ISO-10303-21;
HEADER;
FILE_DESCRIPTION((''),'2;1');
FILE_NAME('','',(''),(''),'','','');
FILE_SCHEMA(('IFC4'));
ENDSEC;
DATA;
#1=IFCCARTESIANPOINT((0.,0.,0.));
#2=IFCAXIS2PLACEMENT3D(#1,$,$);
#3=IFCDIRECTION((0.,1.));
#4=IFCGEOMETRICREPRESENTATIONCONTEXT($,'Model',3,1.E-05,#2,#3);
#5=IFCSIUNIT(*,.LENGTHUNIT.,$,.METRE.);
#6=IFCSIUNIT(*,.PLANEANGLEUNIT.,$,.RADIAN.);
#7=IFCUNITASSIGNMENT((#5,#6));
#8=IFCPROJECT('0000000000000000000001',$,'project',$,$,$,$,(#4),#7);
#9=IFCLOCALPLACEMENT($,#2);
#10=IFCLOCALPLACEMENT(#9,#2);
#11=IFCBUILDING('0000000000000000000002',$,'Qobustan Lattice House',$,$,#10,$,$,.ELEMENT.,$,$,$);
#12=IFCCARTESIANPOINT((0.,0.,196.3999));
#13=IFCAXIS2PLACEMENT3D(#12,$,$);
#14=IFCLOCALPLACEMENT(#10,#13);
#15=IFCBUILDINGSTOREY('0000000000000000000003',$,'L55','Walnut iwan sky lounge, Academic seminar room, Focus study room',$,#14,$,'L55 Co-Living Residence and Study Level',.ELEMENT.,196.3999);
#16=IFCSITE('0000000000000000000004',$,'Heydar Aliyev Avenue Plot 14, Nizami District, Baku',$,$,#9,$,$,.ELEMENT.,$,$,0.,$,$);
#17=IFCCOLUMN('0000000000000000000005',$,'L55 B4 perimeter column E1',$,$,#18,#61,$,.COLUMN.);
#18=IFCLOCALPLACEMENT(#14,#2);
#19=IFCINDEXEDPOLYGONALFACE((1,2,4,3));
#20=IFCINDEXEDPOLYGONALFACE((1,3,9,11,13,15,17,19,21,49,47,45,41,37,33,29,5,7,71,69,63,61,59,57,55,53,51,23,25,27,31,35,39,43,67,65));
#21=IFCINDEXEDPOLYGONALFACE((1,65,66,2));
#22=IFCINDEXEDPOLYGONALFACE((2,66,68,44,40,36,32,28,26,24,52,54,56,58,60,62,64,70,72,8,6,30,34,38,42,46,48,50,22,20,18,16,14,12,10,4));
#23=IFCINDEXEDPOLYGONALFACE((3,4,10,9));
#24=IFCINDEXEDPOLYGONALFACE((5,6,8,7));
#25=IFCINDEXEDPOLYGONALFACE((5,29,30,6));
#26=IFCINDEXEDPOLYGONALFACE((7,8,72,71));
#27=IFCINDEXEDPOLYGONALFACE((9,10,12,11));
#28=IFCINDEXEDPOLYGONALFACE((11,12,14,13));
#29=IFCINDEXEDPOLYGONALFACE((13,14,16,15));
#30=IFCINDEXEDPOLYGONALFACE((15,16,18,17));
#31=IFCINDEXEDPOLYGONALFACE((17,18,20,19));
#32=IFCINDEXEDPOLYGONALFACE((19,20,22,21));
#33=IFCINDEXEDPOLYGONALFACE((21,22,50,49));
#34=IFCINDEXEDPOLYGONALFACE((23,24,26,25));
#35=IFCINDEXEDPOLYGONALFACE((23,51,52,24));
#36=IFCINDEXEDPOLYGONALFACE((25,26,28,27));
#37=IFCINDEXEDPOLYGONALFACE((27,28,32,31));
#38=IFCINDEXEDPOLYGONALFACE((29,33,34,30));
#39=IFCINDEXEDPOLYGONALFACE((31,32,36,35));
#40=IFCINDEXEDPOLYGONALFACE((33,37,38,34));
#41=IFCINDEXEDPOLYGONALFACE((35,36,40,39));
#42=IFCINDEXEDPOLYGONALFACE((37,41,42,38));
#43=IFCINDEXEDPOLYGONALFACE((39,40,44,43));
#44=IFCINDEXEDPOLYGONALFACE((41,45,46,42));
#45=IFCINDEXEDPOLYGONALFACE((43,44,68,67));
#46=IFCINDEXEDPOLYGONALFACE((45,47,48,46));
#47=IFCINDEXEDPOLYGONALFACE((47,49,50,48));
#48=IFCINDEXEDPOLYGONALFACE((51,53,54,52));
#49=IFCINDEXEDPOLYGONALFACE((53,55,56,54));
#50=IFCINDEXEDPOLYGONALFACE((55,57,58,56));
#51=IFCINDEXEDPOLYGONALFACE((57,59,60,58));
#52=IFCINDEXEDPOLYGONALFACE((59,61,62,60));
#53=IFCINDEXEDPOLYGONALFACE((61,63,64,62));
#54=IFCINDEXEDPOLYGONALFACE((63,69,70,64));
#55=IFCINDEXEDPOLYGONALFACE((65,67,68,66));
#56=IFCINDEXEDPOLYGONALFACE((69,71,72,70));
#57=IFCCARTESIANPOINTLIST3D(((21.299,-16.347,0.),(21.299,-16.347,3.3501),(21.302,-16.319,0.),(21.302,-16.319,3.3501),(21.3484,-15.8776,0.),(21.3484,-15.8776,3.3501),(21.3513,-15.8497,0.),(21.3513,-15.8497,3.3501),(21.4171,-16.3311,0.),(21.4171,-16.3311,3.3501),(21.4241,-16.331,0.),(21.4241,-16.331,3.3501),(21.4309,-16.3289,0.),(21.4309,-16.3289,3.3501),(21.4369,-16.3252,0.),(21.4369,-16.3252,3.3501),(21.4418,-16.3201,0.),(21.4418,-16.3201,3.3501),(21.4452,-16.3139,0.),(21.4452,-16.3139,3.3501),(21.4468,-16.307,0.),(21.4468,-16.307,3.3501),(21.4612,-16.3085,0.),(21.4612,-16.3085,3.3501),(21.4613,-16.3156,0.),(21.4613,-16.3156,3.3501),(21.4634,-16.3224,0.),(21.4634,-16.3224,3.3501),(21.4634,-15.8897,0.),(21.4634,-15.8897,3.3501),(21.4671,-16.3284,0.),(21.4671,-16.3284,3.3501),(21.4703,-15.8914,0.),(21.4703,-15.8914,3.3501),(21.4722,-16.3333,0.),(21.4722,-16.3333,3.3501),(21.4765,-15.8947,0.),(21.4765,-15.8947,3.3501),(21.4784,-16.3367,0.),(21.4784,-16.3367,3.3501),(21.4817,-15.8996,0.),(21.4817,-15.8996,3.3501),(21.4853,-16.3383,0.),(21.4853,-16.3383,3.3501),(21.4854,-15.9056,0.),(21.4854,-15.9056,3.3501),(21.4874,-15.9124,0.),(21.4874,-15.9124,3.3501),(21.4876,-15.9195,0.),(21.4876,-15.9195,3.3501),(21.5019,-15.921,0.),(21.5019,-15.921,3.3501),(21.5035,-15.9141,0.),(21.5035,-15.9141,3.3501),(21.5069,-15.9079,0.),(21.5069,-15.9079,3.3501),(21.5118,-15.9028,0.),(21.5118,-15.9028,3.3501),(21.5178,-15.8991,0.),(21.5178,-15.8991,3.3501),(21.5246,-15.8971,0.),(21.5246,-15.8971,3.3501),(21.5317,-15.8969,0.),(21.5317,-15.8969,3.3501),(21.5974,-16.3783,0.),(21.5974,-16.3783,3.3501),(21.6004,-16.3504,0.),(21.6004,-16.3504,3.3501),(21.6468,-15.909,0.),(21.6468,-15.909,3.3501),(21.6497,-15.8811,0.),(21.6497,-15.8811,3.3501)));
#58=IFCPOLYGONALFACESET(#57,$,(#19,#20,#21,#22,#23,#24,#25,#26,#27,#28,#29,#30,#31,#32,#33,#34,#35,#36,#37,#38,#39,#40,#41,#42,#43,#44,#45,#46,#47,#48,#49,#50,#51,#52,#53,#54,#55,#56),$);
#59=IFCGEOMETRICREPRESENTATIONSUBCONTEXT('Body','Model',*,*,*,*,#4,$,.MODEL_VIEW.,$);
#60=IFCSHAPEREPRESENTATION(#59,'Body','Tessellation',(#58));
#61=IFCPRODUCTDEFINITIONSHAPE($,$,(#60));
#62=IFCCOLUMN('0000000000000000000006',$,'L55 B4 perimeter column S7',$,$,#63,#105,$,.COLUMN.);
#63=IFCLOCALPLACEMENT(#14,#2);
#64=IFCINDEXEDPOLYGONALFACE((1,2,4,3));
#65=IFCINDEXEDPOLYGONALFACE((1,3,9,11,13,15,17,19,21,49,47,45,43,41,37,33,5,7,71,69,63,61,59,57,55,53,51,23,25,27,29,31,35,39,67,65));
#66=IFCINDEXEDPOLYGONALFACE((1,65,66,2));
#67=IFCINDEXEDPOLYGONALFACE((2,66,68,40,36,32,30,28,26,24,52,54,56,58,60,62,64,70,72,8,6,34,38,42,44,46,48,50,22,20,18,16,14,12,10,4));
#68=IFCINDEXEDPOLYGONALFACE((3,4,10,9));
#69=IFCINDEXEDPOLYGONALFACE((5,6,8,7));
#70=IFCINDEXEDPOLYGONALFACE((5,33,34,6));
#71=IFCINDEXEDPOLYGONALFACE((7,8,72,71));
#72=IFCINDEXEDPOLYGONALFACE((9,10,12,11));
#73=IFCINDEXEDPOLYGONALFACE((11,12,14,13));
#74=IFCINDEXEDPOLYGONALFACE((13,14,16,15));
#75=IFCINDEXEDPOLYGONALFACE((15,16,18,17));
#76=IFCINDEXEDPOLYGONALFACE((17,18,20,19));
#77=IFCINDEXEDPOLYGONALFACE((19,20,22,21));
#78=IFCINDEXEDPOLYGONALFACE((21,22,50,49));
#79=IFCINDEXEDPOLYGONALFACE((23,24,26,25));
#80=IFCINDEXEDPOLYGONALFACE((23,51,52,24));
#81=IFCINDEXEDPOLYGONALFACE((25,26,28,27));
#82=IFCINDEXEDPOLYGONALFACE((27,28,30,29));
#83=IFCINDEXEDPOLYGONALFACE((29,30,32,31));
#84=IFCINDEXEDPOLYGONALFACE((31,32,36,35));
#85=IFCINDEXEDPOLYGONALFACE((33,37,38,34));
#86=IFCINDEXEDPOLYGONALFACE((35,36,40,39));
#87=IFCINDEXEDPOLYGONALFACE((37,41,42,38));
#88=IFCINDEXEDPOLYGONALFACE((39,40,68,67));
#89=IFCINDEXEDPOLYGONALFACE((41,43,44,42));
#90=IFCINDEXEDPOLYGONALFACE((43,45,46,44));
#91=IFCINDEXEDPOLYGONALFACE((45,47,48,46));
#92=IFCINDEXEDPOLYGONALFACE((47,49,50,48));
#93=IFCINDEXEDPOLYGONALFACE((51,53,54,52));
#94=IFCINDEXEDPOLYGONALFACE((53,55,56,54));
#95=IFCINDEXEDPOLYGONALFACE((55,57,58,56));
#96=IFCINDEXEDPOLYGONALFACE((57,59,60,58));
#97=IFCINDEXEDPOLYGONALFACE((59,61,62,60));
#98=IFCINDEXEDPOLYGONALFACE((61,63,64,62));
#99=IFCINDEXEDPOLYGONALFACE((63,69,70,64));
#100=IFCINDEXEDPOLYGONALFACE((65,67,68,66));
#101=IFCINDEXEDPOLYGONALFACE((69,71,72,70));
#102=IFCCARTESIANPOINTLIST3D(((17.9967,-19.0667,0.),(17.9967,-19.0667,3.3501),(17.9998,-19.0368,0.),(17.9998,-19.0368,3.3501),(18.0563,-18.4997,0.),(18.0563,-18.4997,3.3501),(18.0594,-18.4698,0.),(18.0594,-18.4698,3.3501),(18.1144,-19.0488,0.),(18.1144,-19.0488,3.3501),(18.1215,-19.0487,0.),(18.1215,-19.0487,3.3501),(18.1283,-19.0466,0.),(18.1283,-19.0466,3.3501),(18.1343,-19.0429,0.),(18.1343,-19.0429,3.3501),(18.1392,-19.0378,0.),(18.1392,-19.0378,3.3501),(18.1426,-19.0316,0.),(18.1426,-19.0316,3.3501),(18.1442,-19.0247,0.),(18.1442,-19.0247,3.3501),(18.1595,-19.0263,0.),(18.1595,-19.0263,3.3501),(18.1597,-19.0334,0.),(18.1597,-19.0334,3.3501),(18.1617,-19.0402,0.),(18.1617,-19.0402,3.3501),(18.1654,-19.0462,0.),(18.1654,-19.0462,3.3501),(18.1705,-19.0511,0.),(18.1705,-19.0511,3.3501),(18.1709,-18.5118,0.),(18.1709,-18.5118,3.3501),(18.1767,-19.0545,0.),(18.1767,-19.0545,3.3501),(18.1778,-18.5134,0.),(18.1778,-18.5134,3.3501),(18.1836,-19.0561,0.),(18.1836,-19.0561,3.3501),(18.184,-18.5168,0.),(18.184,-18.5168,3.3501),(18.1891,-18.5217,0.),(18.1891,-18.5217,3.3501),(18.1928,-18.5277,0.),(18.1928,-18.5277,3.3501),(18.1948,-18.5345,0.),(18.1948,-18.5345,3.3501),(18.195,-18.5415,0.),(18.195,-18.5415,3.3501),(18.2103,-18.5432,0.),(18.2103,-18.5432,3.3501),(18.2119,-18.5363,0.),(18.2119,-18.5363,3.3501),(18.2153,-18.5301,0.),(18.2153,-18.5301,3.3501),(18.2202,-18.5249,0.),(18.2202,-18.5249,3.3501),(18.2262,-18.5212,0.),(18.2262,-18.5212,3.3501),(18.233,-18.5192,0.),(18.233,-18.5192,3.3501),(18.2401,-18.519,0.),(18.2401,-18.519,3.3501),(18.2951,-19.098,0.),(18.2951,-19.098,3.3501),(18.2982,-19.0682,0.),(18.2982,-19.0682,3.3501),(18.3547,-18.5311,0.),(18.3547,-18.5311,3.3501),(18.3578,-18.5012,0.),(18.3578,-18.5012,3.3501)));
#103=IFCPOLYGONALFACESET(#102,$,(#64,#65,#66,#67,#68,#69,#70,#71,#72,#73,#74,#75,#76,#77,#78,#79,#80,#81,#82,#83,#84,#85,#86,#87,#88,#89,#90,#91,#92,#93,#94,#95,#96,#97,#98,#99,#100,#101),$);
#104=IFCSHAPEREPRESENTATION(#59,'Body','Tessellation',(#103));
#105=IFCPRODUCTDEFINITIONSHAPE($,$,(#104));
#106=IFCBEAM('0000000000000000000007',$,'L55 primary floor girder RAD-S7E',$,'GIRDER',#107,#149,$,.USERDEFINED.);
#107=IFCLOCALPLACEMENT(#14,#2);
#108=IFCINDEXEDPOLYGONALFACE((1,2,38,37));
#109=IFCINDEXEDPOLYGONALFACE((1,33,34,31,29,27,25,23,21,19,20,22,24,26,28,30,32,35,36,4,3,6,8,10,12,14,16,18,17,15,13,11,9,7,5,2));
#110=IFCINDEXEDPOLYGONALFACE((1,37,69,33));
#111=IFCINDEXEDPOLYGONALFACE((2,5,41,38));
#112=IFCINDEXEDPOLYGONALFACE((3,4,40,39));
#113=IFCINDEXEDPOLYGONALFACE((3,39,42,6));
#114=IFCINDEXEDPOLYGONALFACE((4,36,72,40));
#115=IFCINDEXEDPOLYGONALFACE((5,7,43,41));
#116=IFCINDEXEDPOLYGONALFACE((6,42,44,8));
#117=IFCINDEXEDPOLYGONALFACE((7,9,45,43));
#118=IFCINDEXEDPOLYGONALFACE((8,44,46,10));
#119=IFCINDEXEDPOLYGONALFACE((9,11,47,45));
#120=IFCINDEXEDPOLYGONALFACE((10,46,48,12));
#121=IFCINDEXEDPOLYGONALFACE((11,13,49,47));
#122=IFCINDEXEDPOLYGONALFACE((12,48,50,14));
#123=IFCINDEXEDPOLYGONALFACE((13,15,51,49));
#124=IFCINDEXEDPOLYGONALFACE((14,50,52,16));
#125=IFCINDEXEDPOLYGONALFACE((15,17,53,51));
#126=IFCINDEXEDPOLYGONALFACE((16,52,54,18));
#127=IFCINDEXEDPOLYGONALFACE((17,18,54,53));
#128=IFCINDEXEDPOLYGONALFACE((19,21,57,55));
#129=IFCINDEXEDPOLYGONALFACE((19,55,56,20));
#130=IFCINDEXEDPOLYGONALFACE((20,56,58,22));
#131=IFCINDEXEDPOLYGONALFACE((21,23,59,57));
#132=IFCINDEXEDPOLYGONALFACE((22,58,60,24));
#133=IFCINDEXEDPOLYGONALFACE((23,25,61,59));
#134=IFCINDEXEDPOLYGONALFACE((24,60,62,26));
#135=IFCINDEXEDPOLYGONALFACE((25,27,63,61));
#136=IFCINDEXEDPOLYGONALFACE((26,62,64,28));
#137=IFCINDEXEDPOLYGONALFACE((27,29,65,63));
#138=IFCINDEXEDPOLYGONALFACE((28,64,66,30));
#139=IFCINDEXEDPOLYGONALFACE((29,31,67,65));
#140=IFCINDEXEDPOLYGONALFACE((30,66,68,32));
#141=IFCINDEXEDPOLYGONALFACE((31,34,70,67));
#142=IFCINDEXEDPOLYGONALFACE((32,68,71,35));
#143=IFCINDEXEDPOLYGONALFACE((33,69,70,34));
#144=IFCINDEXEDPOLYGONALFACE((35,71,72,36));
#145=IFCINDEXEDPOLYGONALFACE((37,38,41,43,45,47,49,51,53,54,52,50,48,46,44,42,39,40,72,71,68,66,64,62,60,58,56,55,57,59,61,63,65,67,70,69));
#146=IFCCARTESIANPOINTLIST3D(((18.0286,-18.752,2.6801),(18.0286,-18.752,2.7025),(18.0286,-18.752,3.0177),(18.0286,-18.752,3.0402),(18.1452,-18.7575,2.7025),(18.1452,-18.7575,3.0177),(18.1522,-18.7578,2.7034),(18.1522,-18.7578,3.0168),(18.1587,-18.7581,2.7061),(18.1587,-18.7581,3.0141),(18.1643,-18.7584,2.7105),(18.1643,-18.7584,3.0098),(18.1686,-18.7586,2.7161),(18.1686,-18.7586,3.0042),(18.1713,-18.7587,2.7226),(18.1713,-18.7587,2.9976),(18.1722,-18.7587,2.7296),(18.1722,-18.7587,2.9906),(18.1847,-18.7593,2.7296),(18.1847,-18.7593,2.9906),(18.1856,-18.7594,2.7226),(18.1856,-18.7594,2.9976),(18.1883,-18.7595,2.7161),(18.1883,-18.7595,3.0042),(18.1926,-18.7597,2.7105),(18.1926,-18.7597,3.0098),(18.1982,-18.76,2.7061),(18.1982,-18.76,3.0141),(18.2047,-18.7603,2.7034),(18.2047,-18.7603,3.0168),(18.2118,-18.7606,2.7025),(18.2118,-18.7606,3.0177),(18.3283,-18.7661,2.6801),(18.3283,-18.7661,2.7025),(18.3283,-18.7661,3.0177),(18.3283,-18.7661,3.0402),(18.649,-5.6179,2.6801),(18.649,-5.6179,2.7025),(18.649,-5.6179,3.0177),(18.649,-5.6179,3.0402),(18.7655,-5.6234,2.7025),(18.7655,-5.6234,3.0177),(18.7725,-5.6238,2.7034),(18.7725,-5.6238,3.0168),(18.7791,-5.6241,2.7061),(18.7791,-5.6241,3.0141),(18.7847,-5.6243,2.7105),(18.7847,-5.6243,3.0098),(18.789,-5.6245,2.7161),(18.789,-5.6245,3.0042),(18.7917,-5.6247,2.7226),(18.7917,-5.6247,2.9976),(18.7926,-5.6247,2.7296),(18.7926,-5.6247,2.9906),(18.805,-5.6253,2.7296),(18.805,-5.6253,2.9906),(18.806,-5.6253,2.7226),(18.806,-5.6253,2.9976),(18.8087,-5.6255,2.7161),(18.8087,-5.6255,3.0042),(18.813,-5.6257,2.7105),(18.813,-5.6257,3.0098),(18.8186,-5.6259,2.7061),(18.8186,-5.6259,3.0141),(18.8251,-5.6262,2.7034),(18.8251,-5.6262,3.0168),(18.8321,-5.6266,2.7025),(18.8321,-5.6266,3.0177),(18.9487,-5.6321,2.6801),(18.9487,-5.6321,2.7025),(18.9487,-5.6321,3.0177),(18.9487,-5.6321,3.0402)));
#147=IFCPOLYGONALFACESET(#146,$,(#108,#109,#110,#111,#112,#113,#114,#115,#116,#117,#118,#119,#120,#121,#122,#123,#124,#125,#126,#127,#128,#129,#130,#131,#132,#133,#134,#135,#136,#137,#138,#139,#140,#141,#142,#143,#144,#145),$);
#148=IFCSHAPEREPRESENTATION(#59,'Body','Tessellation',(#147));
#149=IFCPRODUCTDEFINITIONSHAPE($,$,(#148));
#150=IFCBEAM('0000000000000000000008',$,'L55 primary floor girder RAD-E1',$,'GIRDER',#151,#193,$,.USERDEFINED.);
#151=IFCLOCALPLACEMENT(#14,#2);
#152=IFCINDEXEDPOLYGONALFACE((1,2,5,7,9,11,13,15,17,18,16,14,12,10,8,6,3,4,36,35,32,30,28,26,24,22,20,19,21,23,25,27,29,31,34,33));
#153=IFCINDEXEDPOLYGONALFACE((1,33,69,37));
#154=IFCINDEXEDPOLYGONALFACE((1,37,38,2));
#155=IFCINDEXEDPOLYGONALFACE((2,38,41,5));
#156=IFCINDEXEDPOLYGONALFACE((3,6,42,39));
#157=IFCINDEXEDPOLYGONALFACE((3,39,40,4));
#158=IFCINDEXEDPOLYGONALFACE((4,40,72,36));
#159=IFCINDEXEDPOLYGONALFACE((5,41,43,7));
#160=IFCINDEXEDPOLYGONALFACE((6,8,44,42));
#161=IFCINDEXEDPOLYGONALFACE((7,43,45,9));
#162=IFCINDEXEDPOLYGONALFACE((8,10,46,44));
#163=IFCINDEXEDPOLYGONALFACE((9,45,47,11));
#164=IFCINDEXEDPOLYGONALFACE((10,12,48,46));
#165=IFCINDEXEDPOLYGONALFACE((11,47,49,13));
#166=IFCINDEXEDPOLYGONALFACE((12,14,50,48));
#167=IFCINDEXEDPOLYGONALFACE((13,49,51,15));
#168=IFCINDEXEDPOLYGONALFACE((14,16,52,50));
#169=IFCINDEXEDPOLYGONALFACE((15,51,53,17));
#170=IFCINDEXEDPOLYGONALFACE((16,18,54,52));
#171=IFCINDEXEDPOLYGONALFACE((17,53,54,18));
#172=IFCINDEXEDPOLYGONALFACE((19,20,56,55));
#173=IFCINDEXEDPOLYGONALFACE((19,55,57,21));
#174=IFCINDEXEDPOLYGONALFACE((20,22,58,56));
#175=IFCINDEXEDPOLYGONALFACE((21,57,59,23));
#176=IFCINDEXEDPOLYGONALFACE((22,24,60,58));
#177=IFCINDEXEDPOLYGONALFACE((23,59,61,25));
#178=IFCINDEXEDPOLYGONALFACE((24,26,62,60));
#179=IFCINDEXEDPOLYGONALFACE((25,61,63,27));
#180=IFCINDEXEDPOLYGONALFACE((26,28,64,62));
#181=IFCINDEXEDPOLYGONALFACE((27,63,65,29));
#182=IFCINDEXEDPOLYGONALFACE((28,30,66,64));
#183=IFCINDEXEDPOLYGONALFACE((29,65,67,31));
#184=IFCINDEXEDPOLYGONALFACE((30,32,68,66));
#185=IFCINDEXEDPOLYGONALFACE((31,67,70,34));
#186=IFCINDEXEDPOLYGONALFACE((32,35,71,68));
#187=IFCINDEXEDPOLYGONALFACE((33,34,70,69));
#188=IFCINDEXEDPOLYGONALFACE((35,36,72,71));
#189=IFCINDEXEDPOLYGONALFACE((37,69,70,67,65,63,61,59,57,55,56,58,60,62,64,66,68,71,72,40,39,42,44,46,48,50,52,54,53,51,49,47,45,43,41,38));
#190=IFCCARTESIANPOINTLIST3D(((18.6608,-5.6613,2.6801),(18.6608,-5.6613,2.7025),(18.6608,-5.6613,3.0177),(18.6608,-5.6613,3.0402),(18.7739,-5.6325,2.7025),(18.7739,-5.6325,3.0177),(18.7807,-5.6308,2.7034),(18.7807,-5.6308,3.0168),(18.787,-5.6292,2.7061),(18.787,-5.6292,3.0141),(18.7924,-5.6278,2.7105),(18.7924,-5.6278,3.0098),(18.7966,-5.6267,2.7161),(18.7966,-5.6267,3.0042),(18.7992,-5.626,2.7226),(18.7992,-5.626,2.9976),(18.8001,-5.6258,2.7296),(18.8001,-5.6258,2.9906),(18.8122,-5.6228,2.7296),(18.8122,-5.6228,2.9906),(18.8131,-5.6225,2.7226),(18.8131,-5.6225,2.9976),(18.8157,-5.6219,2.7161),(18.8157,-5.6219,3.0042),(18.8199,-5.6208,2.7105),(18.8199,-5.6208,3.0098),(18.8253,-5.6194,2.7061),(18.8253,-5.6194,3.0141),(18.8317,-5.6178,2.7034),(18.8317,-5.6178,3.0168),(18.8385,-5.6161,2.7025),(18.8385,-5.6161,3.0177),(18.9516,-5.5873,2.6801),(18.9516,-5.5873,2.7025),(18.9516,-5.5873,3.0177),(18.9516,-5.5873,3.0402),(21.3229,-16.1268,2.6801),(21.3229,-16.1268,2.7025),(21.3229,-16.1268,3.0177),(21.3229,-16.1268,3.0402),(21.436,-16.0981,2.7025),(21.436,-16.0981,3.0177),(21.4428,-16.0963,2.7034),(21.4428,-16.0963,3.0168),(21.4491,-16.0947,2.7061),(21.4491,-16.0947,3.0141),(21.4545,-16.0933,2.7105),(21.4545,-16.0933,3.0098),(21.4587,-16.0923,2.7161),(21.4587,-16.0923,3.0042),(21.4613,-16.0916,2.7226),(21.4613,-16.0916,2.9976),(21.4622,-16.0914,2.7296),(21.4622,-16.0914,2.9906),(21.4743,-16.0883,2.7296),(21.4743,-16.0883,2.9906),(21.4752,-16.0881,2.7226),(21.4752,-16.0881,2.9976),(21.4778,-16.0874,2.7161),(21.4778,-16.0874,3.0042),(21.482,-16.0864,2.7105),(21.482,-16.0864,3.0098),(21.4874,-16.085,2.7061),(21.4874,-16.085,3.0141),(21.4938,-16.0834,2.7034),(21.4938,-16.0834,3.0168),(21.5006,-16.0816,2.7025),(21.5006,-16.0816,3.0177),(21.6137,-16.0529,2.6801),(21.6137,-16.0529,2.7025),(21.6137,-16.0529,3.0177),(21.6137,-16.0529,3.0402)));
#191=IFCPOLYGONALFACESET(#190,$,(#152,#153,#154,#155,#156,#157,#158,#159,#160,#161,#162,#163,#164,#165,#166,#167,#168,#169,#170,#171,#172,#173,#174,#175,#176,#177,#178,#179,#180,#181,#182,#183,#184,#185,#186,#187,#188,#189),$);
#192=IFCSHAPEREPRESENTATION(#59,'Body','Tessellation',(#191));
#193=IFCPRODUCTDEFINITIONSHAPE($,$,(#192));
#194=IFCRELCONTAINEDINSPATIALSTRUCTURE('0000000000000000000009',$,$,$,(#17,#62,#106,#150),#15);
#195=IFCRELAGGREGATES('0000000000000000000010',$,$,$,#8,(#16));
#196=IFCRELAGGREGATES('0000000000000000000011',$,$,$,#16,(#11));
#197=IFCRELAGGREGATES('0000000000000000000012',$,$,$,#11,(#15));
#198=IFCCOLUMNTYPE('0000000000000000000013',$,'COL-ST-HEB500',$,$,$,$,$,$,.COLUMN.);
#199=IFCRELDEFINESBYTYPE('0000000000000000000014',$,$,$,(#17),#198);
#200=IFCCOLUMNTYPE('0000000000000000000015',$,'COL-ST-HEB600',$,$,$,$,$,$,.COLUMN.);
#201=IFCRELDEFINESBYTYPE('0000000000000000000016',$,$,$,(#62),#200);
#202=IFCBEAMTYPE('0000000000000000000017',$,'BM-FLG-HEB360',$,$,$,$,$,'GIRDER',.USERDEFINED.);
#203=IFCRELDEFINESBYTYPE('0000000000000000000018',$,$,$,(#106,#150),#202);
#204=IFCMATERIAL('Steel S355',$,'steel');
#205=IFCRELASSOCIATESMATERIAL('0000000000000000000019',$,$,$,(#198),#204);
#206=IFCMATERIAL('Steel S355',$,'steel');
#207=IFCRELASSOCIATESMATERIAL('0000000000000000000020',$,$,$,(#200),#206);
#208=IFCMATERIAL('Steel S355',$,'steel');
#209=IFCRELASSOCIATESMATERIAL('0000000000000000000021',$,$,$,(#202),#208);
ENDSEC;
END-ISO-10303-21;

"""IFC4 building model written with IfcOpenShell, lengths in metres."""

from ifc_helpers import new_model, si_unit, direction, frame, origin, origin_2d, place, context, subcontext, project, spatial, i_section, extrude, material, material_profile, profile_set, type_object, element, save


model = new_model("IFC4")

# Units and contexts
model_context = context("Model", 3, precision=1e-05, world=origin(), true_north=direction((0.0, 1.0)))
body_context = subcontext(model_context, "Body", "Model", "MODEL_VIEW")
ifc_project = project(units=[si_unit("LENGTHUNIT", "METRE"), si_unit("PLANEANGLEUNIT", "RADIAN")], contexts=[model_context])

# Site, building, storey
site_placement = place(None, origin())
site = spatial("IfcSite", under=ifc_project, at=site_placement, Name="Heydar Aliyev Avenue Plot 14, Nizami District, Baku", CompositionType="ELEMENT", RefElevation=0.0)
building_placement = place(site_placement, origin())
building = spatial("IfcBuilding", under=site, at=building_placement, Name="Qobustan Lattice House", CompositionType="ELEMENT")
storey_placement = place(building_placement, frame((0.0, 0.0, 196.3999)))
storey = spatial("IfcBuildingStorey", under=building, at=storey_placement, Name="L55", Description="Walnut iwan sky lounge, Academic seminar room, Focus study room", LongName="L55 Co-Living Residence and Study Level", CompositionType="ELEMENT", Elevation=196.3999)

# Columns
ifc_material_1 = material(Name="Steel S355", Category="steel")
ifc_material_profile_1 = material_profile(ifc_material_1, i_section(OverallWidth=0.3, OverallDepth=0.5, WebThickness=0.0144, FlangeThickness=0.0281, FilletRadius=0.0271, at=origin_2d()), Name="HEB500")
ifc_profile_set_1 = profile_set([ifc_material_profile_1], Name="Steel S355")
column_type_1 = type_object("IfcColumnType", Name="COL-ST-HEB500", PredefinedType="COLUMN", material=ifc_profile_set_1)
column_1_placement = place(storey_placement, frame((21.4744, -16.114, 0.0), z_axis=(0.0, 0.0, 1.0), x_axis=(0.994522, -0.104528, 0.0)))
element("IfcColumn", 1, at=column_1_placement, inside=storey, type_object=column_type_1, Name="L55 B4 perimeter column E1", PredefinedType="COLUMN", context=body_context, shape_type="SweptSolid", body=[
    extrude(i_section(OverallWidth=0.3, OverallDepth=0.5, WebThickness=0.0144, FlangeThickness=0.0281, FilletRadius=0.0271, at=origin_2d()), origin(), (0.0, 0.0, 1.0), 3.3501),
])
ifc_material_2 = material(Name="Steel S355", Category="steel")
ifc_material_profile_2 = material_profile(ifc_material_2, i_section(OverallWidth=0.3, OverallDepth=0.6001, WebThickness=0.0154, FlangeThickness=0.03, FilletRadius=0.0271, at=origin_2d()), Name="HEB600")
ifc_profile_set_2 = profile_set([ifc_material_profile_2], Name="Steel S355")
column_type_2 = type_object("IfcColumnType", Name="COL-ST-HEB600", PredefinedType="COLUMN", material=ifc_profile_set_2)
column_2_placement = place(storey_placement, frame((18.1772, -18.7839, 0.0), z_axis=(0.0, 0.0, 1.0), x_axis=(0.994522, -0.104528, 0.0)))
element("IfcColumn", 2, at=column_2_placement, inside=storey, type_object=column_type_2, Name="L55 B4 perimeter column S7", PredefinedType="COLUMN", context=body_context, shape_type="SweptSolid", body=[
    extrude(i_section(OverallWidth=0.3, OverallDepth=0.6001, WebThickness=0.0154, FlangeThickness=0.03, FilletRadius=0.0271, at=origin_2d()), origin(), (0.0, 0.0, 1.0), 3.3501),
])

# Beams
ifc_material_3 = material(Name="Steel S355", Category="steel")
ifc_material_profile_3 = material_profile(ifc_material_3, i_section(OverallWidth=0.3, OverallDepth=0.3601, WebThickness=0.0125, FlangeThickness=0.0225, FilletRadius=0.0271, at=origin_2d()), Name="HEB360")
ifc_profile_set_3 = profile_set([ifc_material_profile_3], Name="Steel S355")
beam_type_1 = type_object("IfcBeamType", Name="BM-FLG-HEB360", ElementType="GIRDER", PredefinedType="USERDEFINED", material=ifc_profile_set_3)
beam_1_placement = place(storey_placement, frame((18.1785, -18.759, 2.8601), z_axis=(0.047181, 0.998886, 0.0), x_axis=(-0.998886, 0.047181, 0.0)))
element("IfcBeam", 3, at=beam_1_placement, inside=storey, type_object=beam_type_1, Name="L55 primary floor girder RAD-S7E", ObjectType="GIRDER", PredefinedType="USERDEFINED", context=body_context, shape_type="SweptSolid", body=[
    extrude(i_section(OverallWidth=0.3, OverallDepth=0.3601, WebThickness=0.0125, FlangeThickness=0.0225, FilletRadius=0.0271, at=origin_2d()), origin(), (0.0, 0.0, 1.0), 13.1487),
])
beam_2_placement = place(storey_placement, frame((21.4683, -16.0898, 2.8601), z_axis=(-0.246518, 0.969138, 0.0), x_axis=(-0.969138, -0.246518, 0.0)))
element("IfcBeam", 4, at=beam_2_placement, inside=storey, type_object=beam_type_1, Name="L55 primary floor girder RAD-E1", ObjectType="GIRDER", PredefinedType="USERDEFINED", context=body_context, shape_type="SweptSolid", body=[
    extrude(i_section(OverallWidth=0.3, OverallDepth=0.3601, WebThickness=0.0125, FlangeThickness=0.0225, FilletRadius=0.0271, at=origin_2d()), origin(), (0.0, 0.0, 1.0), 10.7988),
])

save(model, "model.ifc")
